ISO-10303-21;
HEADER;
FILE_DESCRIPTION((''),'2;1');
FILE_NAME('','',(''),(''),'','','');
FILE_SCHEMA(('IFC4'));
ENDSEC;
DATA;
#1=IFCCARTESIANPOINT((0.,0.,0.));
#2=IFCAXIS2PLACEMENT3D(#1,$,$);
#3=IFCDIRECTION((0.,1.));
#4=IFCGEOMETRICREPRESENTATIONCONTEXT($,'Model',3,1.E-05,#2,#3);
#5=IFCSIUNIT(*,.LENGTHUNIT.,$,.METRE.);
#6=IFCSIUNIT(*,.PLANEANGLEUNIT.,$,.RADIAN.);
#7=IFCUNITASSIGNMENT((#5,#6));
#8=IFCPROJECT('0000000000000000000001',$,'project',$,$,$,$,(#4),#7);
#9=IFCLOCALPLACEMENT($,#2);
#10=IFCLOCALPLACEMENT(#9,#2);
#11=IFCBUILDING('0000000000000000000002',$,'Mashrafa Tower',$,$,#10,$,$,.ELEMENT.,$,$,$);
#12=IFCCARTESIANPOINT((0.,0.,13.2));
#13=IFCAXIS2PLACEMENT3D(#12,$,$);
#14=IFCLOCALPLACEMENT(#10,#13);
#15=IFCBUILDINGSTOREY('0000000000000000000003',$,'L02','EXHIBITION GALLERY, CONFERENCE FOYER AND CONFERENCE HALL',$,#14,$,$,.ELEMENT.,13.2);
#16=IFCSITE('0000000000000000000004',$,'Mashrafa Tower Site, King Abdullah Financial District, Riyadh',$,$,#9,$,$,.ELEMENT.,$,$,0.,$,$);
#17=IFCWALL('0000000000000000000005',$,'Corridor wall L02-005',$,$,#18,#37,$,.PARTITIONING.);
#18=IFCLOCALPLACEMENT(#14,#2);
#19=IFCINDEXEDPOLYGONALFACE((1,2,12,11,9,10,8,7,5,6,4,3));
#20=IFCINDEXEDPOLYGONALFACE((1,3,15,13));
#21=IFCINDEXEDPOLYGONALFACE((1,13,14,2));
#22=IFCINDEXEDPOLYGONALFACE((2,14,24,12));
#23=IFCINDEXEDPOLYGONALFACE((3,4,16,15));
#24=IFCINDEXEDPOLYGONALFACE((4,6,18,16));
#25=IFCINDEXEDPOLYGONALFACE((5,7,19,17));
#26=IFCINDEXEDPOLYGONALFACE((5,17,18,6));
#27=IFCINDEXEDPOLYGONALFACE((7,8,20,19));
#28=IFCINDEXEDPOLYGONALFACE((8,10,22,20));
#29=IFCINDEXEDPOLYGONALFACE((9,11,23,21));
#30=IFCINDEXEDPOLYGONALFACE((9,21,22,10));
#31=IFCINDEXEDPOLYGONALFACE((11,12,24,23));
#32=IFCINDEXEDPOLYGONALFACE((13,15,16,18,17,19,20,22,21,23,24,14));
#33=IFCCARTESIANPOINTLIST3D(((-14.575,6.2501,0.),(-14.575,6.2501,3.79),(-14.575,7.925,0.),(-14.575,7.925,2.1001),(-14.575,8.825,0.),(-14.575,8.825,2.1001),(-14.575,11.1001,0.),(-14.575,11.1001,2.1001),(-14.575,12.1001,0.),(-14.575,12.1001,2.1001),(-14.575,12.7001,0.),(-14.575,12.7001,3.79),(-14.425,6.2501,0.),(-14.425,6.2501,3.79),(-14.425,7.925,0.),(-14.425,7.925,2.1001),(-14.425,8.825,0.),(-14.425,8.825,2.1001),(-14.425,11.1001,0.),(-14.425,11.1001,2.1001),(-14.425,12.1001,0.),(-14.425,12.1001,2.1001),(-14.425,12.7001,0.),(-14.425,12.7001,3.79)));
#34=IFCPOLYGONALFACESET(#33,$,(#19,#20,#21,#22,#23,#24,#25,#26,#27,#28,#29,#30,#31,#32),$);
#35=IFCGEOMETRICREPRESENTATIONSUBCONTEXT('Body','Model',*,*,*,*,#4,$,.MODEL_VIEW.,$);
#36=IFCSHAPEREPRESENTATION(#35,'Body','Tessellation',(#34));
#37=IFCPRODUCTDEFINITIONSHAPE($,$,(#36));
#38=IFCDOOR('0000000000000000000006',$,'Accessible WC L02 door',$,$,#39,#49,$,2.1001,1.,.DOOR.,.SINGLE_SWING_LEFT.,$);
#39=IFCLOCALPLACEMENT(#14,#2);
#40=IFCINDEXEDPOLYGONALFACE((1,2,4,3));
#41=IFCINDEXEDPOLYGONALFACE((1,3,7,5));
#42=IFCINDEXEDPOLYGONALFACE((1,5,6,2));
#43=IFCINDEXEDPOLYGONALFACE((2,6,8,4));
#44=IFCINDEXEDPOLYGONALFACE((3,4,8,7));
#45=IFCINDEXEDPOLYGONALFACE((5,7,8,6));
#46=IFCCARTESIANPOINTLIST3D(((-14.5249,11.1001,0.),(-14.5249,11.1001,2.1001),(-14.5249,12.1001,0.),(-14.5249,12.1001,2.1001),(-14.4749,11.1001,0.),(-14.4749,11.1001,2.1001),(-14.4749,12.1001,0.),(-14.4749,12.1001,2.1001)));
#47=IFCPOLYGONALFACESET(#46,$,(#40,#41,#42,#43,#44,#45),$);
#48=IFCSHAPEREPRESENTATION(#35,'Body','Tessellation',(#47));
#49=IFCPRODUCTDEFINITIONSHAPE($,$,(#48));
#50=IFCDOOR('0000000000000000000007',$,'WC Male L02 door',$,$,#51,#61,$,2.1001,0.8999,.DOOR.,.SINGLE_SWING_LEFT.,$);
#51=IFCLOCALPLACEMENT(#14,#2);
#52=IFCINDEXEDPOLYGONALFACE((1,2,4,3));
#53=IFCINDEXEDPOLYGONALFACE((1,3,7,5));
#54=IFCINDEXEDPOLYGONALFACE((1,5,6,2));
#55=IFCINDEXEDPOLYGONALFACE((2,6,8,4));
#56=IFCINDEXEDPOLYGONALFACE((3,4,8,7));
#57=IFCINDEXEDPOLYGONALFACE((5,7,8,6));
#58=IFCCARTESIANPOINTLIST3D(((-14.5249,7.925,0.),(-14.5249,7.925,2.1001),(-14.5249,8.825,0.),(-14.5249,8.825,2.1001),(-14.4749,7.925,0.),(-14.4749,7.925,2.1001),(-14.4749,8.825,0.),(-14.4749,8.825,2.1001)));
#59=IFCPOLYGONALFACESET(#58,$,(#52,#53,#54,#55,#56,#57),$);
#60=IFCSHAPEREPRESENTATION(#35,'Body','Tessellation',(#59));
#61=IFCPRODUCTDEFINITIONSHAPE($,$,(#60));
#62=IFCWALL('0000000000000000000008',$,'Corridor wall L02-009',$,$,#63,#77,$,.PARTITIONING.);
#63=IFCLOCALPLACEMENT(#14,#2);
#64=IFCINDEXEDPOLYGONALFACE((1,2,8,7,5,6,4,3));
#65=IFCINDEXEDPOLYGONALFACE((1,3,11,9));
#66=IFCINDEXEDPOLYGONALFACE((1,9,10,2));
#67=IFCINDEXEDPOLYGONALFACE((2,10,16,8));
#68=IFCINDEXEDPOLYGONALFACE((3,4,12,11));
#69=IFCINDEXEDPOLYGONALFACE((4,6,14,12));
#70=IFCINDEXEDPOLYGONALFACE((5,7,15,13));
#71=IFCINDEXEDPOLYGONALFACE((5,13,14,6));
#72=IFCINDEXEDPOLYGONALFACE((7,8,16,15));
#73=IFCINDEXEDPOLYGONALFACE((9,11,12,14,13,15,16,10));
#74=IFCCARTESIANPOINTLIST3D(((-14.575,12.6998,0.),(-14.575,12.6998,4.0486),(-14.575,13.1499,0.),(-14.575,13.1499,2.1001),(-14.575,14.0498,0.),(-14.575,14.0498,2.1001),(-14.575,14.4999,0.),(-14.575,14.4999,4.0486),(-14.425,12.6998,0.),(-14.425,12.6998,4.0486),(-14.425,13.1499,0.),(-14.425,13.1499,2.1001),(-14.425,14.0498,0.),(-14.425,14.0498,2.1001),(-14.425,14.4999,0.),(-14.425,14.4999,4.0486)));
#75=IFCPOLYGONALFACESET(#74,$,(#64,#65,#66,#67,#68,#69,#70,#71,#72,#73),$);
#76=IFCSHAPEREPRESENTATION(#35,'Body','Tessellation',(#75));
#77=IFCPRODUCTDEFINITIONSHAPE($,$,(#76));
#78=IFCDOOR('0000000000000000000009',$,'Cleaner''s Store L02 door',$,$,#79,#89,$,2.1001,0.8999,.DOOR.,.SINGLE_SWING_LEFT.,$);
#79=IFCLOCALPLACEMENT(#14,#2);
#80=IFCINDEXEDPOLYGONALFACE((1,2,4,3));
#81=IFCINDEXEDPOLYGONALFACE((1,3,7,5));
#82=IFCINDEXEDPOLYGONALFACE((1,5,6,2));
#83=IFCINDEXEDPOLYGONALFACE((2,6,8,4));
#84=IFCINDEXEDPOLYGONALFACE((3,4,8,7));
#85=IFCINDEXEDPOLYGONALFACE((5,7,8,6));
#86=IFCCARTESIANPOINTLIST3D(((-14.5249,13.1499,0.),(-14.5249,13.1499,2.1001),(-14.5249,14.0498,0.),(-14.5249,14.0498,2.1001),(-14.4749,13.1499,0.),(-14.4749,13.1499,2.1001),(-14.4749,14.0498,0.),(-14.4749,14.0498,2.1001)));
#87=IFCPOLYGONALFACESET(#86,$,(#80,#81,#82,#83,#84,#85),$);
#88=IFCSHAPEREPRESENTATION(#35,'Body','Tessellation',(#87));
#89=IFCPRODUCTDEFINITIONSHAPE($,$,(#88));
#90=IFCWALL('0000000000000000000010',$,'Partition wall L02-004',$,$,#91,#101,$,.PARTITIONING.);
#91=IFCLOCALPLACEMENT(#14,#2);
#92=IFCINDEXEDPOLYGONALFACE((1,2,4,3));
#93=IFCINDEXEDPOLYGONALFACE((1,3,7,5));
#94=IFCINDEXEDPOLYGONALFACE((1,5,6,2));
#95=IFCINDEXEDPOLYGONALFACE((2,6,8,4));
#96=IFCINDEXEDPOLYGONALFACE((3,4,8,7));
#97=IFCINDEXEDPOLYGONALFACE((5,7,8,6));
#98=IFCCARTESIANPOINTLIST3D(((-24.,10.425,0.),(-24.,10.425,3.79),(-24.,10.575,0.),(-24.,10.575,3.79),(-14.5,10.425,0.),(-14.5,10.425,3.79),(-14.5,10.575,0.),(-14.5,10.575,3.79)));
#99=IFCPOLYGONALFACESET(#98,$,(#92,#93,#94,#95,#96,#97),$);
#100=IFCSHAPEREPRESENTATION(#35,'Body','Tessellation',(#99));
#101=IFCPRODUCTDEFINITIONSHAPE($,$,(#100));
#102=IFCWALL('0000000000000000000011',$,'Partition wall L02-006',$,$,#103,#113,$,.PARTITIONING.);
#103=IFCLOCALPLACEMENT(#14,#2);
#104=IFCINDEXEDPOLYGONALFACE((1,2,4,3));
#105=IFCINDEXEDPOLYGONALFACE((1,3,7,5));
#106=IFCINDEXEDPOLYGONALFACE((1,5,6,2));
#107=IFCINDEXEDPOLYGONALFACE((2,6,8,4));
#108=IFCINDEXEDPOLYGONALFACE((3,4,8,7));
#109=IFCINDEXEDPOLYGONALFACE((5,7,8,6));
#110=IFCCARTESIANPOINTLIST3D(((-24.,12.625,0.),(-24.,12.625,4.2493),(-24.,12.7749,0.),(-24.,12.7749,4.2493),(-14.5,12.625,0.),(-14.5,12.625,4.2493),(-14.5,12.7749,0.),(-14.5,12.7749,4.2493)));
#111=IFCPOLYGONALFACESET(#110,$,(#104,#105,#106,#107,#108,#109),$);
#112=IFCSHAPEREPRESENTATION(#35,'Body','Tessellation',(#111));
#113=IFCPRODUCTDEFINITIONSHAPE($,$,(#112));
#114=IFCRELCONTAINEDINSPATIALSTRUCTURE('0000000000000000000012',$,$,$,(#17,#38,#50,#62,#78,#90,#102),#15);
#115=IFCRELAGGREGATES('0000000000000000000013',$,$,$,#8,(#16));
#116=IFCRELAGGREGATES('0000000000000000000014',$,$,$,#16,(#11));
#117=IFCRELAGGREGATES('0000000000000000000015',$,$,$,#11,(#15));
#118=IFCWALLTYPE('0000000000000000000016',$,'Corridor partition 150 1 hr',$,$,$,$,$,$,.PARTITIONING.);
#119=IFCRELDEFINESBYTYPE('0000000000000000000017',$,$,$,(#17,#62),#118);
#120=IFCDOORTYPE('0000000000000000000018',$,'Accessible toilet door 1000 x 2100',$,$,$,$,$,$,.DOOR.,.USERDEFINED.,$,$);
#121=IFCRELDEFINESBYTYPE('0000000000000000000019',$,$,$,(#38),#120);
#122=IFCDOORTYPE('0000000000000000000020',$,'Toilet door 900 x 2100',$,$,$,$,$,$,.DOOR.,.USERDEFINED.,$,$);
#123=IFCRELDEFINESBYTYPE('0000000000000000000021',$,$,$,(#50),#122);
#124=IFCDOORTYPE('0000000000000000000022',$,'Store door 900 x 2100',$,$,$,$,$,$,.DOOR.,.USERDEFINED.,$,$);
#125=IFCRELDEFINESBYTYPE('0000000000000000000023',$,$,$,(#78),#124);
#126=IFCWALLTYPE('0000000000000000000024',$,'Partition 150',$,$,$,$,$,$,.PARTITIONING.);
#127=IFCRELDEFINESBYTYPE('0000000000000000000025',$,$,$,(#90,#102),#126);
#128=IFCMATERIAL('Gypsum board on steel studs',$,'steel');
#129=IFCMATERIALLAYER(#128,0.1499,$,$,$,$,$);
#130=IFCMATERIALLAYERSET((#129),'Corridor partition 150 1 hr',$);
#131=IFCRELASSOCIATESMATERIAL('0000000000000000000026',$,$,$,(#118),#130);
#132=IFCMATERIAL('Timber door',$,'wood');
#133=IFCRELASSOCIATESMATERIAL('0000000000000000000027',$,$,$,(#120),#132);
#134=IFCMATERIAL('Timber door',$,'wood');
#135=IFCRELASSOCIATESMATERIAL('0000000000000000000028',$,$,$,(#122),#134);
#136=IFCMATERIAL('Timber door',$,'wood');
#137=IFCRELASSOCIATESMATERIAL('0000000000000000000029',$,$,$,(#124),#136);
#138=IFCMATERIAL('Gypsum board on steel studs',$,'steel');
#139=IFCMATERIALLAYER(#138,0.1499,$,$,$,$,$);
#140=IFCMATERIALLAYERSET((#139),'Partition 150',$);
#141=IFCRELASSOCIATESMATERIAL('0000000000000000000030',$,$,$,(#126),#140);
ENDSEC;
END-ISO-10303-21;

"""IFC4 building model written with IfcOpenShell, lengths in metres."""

from ifc_helpers import new_model, si_unit, direction, frame, frame_2d, origin, place, context, subcontext, project, spatial, rectangle, extrude, material, layer, layer_set, type_object, element, fill, save


model = new_model("IFC4")

# Units and contexts
model_context = context("Model", 3, precision=1e-05, world=origin(), true_north=direction((0.0, 1.0)))
body_context = subcontext(model_context, "Body", "Model", "MODEL_VIEW")
ifc_project = project(units=[si_unit("LENGTHUNIT", "METRE"), si_unit("PLANEANGLEUNIT", "RADIAN")], contexts=[model_context])

# Site, building, storey
site_placement = place(None, origin())
site = spatial("IfcSite", under=ifc_project, at=site_placement, Name="Mashrafa Tower Site, King Abdullah Financial District, Riyadh", CompositionType="ELEMENT", RefElevation=0.0)
building_placement = place(site_placement, origin())
building = spatial("IfcBuilding", under=site, at=building_placement, Name="Mashrafa Tower", CompositionType="ELEMENT")
storey_placement = place(building_placement, frame((0.0, 0.0, 13.2)))
storey = spatial("IfcBuildingStorey", under=building, at=storey_placement, Name="L02", Description="EXHIBITION GALLERY, CONFERENCE FOYER AND CONFERENCE HALL", CompositionType="ELEMENT", Elevation=13.2)

# Wall, openings, doors
ifc_material_1 = material(Name="Gypsum board on steel studs", Category="steel")
ifc_layer_1 = layer(ifc_material_1, 0.1499)
ifc_layer_set_1 = layer_set([ifc_layer_1], Name="Corridor partition 150 1 hr")
wall_type_1 = type_object("IfcWallType", Name="Corridor partition 150 1 hr", PredefinedType="PARTITIONING", material=ifc_layer_set_1)
wall_1_placement = place(storey_placement, frame((-14.5, 6.25, 0.0), z_axis=(0.0, 0.0, 1.0), x_axis=(0.0, 1.0, 0.0)))
wall_1 = element("IfcWall", 1, at=wall_1_placement, inside=storey, type_object=wall_type_1, Name="Corridor wall L02-005", PredefinedType="PARTITIONING", context=body_context, shape_type="SweptSolid", body=[
    extrude(rectangle(XDim=6.45, YDim=0.1499, at=frame_2d((3.2251, 0.0))), origin(), (0.0, 0.0, 1.0), 3.79),
])
opening_1_placement = place(wall_1_placement, frame((1.675, 0.0, 0.0)))
opening_1 = element("IfcOpeningElement", 2, at=opening_1_placement, cuts=wall_1, PredefinedType="OPENING", context=body_context, shape_type="SweptSolid", body=[
    extrude(rectangle(XDim=0.8999, YDim=2.1001, at=frame_2d((0.45, 1.05))), frame((0.0, 0.085, 0.0), z_axis=(0.0, -1.0, 0.0), x_axis=(1.0, 0.0, 0.0)), (0.0, 0.0, 1.0), 0.1699),
])
opening_2_placement = place(wall_1_placement, frame((4.8501, 0.0, 0.0)))
opening_2 = element("IfcOpeningElement", 3, at=opening_2_placement, cuts=wall_1, PredefinedType="OPENING", context=body_context, shape_type="SweptSolid", body=[
    extrude(rectangle(XDim=1.0, YDim=2.1001, at=frame_2d((0.5, 1.05))), frame((0.0, 0.085, 0.0), z_axis=(0.0, -1.0, 0.0), x_axis=(1.0, 0.0, 0.0)), (0.0, 0.0, 1.0), 0.1699),
])
ifc_material_2 = material(Name="Timber door", Category="wood")
door_type_1 = type_object("IfcDoorType", Name="Accessible toilet door 1000 x 2100", OperationType="USERDEFINED", PredefinedType="DOOR", material=ifc_material_2)
door_1_placement = place(opening_2_placement, origin())
door_1 = element("IfcDoor", 4, at=door_1_placement, inside=storey, type_object=door_type_1, Name="Accessible WC L02 door", OperationType="SINGLE_SWING_LEFT", OverallHeight=2.1001, OverallWidth=1.0, PredefinedType="DOOR", context=body_context, shape_type="SweptSolid", body=[
    extrude(rectangle(XDim=1.0, YDim=2.1001, at=frame_2d((0.5, 1.05))), frame((0.0, 0.0249, 0.0), z_axis=(0.0, -1.0, 0.0), x_axis=(1.0, 0.0, 0.0)), (0.0, 0.0, 1.0), 0.05),
])
fill(opening_2, door_1)
ifc_material_3 = material(Name="Timber door", Category="wood")
door_type_2 = type_object("IfcDoorType", Name="Toilet door 900 x 2100", OperationType="USERDEFINED", PredefinedType="DOOR", material=ifc_material_3)
door_2_placement = place(opening_1_placement, origin())
door_2 = element("IfcDoor", 5, at=door_2_placement, inside=storey, type_object=door_type_2, Name="WC Male L02 door", OperationType="SINGLE_SWING_LEFT", OverallHeight=2.1001, OverallWidth=0.8999, PredefinedType="DOOR", context=body_context, shape_type="SweptSolid", body=[
    extrude(rectangle(XDim=0.8999, YDim=2.1001, at=frame_2d((0.45, 1.05))), frame((0.0, 0.0249, 0.0), z_axis=(0.0, -1.0, 0.0), x_axis=(1.0, 0.0, 0.0)), (0.0, 0.0, 1.0), 0.05),
])
fill(opening_1, door_2)

# Wall, opening, door
wall_2_placement = place(storey_placement, frame((-14.5, 12.7, 0.0), z_axis=(0.0, 0.0, 1.0), x_axis=(0.0, 1.0, 0.0)))
wall_2 = element("IfcWall", 6, at=wall_2_placement, inside=storey, type_object=wall_type_1, Name="Corridor wall L02-009", PredefinedType="PARTITIONING", context=body_context, shape_type="SweptSolid", body=[
    extrude(rectangle(XDim=1.8, YDim=0.1499, at=frame_2d((0.8999, 0.0))), origin(), (0.0, 0.0, 1.0), 4.0486),
])
opening_3_placement = place(wall_2_placement, frame((0.45, 0.0, 0.0)))
opening_3 = element("IfcOpeningElement", 7, at=opening_3_placement, cuts=wall_2, PredefinedType="OPENING", context=body_context, shape_type="SweptSolid", body=[
    extrude(rectangle(XDim=0.8999, YDim=2.1001, at=frame_2d((0.45, 1.05))), frame((0.0, 0.085, 0.0), z_axis=(0.0, -1.0, 0.0), x_axis=(1.0, 0.0, 0.0)), (0.0, 0.0, 1.0), 0.1699),
])
ifc_material_4 = material(Name="Timber door", Category="wood")
door_type_3 = type_object("IfcDoorType", Name="Store door 900 x 2100", OperationType="USERDEFINED", PredefinedType="DOOR", material=ifc_material_4)
door_3_placement = place(opening_3_placement, origin())
door_3 = element("IfcDoor", 8, at=door_3_placement, inside=storey, type_object=door_type_3, Name="Cleaner's Store L02 door", OperationType="SINGLE_SWING_LEFT", OverallHeight=2.1001, OverallWidth=0.8999, PredefinedType="DOOR", context=body_context, shape_type="SweptSolid", body=[
    extrude(rectangle(XDim=0.8999, YDim=2.1001, at=frame_2d((0.45, 1.05))), frame((0.0, 0.0249, 0.0), z_axis=(0.0, -1.0, 0.0), x_axis=(1.0, 0.0, 0.0)), (0.0, 0.0, 1.0), 0.05),
])
fill(opening_3, door_3)

# Walls
ifc_material_5 = material(Name="Gypsum board on steel studs", Category="steel")
ifc_layer_2 = layer(ifc_material_5, 0.1499)
ifc_layer_set_2 = layer_set([ifc_layer_2], Name="Partition 150")
wall_type_2 = type_object("IfcWallType", Name="Partition 150", PredefinedType="PARTITIONING", material=ifc_layer_set_2)
wall_3_placement = place(storey_placement, frame((-14.5, 10.5, 0.0), z_axis=(0.0, 0.0, 1.0), x_axis=(-1.0, 0.0, 0.0)))
element("IfcWall", 9, at=wall_3_placement, inside=storey, type_object=wall_type_2, Name="Partition wall L02-004", PredefinedType="PARTITIONING", context=body_context, shape_type="SweptSolid", body=[
    extrude(rectangle(XDim=9.5, YDim=0.1499, at=frame_2d((4.75, 0.0))), origin(), (0.0, 0.0, 1.0), 3.79),
])
wall_4_placement = place(storey_placement, frame((-14.5, 12.7, 0.0), z_axis=(0.0, 0.0, 1.0), x_axis=(-1.0, 0.0, 0.0)))
element("IfcWall", 10, at=wall_4_placement, inside=storey, type_object=wall_type_2, Name="Partition wall L02-006", PredefinedType="PARTITIONING", context=body_context, shape_type="SweptSolid", body=[
    extrude(rectangle(XDim=9.5, YDim=0.1499, at=frame_2d((4.75, 0.0))), origin(), (0.0, 0.0, 1.0), 4.2493),
])

save(model, "model.ifc")
